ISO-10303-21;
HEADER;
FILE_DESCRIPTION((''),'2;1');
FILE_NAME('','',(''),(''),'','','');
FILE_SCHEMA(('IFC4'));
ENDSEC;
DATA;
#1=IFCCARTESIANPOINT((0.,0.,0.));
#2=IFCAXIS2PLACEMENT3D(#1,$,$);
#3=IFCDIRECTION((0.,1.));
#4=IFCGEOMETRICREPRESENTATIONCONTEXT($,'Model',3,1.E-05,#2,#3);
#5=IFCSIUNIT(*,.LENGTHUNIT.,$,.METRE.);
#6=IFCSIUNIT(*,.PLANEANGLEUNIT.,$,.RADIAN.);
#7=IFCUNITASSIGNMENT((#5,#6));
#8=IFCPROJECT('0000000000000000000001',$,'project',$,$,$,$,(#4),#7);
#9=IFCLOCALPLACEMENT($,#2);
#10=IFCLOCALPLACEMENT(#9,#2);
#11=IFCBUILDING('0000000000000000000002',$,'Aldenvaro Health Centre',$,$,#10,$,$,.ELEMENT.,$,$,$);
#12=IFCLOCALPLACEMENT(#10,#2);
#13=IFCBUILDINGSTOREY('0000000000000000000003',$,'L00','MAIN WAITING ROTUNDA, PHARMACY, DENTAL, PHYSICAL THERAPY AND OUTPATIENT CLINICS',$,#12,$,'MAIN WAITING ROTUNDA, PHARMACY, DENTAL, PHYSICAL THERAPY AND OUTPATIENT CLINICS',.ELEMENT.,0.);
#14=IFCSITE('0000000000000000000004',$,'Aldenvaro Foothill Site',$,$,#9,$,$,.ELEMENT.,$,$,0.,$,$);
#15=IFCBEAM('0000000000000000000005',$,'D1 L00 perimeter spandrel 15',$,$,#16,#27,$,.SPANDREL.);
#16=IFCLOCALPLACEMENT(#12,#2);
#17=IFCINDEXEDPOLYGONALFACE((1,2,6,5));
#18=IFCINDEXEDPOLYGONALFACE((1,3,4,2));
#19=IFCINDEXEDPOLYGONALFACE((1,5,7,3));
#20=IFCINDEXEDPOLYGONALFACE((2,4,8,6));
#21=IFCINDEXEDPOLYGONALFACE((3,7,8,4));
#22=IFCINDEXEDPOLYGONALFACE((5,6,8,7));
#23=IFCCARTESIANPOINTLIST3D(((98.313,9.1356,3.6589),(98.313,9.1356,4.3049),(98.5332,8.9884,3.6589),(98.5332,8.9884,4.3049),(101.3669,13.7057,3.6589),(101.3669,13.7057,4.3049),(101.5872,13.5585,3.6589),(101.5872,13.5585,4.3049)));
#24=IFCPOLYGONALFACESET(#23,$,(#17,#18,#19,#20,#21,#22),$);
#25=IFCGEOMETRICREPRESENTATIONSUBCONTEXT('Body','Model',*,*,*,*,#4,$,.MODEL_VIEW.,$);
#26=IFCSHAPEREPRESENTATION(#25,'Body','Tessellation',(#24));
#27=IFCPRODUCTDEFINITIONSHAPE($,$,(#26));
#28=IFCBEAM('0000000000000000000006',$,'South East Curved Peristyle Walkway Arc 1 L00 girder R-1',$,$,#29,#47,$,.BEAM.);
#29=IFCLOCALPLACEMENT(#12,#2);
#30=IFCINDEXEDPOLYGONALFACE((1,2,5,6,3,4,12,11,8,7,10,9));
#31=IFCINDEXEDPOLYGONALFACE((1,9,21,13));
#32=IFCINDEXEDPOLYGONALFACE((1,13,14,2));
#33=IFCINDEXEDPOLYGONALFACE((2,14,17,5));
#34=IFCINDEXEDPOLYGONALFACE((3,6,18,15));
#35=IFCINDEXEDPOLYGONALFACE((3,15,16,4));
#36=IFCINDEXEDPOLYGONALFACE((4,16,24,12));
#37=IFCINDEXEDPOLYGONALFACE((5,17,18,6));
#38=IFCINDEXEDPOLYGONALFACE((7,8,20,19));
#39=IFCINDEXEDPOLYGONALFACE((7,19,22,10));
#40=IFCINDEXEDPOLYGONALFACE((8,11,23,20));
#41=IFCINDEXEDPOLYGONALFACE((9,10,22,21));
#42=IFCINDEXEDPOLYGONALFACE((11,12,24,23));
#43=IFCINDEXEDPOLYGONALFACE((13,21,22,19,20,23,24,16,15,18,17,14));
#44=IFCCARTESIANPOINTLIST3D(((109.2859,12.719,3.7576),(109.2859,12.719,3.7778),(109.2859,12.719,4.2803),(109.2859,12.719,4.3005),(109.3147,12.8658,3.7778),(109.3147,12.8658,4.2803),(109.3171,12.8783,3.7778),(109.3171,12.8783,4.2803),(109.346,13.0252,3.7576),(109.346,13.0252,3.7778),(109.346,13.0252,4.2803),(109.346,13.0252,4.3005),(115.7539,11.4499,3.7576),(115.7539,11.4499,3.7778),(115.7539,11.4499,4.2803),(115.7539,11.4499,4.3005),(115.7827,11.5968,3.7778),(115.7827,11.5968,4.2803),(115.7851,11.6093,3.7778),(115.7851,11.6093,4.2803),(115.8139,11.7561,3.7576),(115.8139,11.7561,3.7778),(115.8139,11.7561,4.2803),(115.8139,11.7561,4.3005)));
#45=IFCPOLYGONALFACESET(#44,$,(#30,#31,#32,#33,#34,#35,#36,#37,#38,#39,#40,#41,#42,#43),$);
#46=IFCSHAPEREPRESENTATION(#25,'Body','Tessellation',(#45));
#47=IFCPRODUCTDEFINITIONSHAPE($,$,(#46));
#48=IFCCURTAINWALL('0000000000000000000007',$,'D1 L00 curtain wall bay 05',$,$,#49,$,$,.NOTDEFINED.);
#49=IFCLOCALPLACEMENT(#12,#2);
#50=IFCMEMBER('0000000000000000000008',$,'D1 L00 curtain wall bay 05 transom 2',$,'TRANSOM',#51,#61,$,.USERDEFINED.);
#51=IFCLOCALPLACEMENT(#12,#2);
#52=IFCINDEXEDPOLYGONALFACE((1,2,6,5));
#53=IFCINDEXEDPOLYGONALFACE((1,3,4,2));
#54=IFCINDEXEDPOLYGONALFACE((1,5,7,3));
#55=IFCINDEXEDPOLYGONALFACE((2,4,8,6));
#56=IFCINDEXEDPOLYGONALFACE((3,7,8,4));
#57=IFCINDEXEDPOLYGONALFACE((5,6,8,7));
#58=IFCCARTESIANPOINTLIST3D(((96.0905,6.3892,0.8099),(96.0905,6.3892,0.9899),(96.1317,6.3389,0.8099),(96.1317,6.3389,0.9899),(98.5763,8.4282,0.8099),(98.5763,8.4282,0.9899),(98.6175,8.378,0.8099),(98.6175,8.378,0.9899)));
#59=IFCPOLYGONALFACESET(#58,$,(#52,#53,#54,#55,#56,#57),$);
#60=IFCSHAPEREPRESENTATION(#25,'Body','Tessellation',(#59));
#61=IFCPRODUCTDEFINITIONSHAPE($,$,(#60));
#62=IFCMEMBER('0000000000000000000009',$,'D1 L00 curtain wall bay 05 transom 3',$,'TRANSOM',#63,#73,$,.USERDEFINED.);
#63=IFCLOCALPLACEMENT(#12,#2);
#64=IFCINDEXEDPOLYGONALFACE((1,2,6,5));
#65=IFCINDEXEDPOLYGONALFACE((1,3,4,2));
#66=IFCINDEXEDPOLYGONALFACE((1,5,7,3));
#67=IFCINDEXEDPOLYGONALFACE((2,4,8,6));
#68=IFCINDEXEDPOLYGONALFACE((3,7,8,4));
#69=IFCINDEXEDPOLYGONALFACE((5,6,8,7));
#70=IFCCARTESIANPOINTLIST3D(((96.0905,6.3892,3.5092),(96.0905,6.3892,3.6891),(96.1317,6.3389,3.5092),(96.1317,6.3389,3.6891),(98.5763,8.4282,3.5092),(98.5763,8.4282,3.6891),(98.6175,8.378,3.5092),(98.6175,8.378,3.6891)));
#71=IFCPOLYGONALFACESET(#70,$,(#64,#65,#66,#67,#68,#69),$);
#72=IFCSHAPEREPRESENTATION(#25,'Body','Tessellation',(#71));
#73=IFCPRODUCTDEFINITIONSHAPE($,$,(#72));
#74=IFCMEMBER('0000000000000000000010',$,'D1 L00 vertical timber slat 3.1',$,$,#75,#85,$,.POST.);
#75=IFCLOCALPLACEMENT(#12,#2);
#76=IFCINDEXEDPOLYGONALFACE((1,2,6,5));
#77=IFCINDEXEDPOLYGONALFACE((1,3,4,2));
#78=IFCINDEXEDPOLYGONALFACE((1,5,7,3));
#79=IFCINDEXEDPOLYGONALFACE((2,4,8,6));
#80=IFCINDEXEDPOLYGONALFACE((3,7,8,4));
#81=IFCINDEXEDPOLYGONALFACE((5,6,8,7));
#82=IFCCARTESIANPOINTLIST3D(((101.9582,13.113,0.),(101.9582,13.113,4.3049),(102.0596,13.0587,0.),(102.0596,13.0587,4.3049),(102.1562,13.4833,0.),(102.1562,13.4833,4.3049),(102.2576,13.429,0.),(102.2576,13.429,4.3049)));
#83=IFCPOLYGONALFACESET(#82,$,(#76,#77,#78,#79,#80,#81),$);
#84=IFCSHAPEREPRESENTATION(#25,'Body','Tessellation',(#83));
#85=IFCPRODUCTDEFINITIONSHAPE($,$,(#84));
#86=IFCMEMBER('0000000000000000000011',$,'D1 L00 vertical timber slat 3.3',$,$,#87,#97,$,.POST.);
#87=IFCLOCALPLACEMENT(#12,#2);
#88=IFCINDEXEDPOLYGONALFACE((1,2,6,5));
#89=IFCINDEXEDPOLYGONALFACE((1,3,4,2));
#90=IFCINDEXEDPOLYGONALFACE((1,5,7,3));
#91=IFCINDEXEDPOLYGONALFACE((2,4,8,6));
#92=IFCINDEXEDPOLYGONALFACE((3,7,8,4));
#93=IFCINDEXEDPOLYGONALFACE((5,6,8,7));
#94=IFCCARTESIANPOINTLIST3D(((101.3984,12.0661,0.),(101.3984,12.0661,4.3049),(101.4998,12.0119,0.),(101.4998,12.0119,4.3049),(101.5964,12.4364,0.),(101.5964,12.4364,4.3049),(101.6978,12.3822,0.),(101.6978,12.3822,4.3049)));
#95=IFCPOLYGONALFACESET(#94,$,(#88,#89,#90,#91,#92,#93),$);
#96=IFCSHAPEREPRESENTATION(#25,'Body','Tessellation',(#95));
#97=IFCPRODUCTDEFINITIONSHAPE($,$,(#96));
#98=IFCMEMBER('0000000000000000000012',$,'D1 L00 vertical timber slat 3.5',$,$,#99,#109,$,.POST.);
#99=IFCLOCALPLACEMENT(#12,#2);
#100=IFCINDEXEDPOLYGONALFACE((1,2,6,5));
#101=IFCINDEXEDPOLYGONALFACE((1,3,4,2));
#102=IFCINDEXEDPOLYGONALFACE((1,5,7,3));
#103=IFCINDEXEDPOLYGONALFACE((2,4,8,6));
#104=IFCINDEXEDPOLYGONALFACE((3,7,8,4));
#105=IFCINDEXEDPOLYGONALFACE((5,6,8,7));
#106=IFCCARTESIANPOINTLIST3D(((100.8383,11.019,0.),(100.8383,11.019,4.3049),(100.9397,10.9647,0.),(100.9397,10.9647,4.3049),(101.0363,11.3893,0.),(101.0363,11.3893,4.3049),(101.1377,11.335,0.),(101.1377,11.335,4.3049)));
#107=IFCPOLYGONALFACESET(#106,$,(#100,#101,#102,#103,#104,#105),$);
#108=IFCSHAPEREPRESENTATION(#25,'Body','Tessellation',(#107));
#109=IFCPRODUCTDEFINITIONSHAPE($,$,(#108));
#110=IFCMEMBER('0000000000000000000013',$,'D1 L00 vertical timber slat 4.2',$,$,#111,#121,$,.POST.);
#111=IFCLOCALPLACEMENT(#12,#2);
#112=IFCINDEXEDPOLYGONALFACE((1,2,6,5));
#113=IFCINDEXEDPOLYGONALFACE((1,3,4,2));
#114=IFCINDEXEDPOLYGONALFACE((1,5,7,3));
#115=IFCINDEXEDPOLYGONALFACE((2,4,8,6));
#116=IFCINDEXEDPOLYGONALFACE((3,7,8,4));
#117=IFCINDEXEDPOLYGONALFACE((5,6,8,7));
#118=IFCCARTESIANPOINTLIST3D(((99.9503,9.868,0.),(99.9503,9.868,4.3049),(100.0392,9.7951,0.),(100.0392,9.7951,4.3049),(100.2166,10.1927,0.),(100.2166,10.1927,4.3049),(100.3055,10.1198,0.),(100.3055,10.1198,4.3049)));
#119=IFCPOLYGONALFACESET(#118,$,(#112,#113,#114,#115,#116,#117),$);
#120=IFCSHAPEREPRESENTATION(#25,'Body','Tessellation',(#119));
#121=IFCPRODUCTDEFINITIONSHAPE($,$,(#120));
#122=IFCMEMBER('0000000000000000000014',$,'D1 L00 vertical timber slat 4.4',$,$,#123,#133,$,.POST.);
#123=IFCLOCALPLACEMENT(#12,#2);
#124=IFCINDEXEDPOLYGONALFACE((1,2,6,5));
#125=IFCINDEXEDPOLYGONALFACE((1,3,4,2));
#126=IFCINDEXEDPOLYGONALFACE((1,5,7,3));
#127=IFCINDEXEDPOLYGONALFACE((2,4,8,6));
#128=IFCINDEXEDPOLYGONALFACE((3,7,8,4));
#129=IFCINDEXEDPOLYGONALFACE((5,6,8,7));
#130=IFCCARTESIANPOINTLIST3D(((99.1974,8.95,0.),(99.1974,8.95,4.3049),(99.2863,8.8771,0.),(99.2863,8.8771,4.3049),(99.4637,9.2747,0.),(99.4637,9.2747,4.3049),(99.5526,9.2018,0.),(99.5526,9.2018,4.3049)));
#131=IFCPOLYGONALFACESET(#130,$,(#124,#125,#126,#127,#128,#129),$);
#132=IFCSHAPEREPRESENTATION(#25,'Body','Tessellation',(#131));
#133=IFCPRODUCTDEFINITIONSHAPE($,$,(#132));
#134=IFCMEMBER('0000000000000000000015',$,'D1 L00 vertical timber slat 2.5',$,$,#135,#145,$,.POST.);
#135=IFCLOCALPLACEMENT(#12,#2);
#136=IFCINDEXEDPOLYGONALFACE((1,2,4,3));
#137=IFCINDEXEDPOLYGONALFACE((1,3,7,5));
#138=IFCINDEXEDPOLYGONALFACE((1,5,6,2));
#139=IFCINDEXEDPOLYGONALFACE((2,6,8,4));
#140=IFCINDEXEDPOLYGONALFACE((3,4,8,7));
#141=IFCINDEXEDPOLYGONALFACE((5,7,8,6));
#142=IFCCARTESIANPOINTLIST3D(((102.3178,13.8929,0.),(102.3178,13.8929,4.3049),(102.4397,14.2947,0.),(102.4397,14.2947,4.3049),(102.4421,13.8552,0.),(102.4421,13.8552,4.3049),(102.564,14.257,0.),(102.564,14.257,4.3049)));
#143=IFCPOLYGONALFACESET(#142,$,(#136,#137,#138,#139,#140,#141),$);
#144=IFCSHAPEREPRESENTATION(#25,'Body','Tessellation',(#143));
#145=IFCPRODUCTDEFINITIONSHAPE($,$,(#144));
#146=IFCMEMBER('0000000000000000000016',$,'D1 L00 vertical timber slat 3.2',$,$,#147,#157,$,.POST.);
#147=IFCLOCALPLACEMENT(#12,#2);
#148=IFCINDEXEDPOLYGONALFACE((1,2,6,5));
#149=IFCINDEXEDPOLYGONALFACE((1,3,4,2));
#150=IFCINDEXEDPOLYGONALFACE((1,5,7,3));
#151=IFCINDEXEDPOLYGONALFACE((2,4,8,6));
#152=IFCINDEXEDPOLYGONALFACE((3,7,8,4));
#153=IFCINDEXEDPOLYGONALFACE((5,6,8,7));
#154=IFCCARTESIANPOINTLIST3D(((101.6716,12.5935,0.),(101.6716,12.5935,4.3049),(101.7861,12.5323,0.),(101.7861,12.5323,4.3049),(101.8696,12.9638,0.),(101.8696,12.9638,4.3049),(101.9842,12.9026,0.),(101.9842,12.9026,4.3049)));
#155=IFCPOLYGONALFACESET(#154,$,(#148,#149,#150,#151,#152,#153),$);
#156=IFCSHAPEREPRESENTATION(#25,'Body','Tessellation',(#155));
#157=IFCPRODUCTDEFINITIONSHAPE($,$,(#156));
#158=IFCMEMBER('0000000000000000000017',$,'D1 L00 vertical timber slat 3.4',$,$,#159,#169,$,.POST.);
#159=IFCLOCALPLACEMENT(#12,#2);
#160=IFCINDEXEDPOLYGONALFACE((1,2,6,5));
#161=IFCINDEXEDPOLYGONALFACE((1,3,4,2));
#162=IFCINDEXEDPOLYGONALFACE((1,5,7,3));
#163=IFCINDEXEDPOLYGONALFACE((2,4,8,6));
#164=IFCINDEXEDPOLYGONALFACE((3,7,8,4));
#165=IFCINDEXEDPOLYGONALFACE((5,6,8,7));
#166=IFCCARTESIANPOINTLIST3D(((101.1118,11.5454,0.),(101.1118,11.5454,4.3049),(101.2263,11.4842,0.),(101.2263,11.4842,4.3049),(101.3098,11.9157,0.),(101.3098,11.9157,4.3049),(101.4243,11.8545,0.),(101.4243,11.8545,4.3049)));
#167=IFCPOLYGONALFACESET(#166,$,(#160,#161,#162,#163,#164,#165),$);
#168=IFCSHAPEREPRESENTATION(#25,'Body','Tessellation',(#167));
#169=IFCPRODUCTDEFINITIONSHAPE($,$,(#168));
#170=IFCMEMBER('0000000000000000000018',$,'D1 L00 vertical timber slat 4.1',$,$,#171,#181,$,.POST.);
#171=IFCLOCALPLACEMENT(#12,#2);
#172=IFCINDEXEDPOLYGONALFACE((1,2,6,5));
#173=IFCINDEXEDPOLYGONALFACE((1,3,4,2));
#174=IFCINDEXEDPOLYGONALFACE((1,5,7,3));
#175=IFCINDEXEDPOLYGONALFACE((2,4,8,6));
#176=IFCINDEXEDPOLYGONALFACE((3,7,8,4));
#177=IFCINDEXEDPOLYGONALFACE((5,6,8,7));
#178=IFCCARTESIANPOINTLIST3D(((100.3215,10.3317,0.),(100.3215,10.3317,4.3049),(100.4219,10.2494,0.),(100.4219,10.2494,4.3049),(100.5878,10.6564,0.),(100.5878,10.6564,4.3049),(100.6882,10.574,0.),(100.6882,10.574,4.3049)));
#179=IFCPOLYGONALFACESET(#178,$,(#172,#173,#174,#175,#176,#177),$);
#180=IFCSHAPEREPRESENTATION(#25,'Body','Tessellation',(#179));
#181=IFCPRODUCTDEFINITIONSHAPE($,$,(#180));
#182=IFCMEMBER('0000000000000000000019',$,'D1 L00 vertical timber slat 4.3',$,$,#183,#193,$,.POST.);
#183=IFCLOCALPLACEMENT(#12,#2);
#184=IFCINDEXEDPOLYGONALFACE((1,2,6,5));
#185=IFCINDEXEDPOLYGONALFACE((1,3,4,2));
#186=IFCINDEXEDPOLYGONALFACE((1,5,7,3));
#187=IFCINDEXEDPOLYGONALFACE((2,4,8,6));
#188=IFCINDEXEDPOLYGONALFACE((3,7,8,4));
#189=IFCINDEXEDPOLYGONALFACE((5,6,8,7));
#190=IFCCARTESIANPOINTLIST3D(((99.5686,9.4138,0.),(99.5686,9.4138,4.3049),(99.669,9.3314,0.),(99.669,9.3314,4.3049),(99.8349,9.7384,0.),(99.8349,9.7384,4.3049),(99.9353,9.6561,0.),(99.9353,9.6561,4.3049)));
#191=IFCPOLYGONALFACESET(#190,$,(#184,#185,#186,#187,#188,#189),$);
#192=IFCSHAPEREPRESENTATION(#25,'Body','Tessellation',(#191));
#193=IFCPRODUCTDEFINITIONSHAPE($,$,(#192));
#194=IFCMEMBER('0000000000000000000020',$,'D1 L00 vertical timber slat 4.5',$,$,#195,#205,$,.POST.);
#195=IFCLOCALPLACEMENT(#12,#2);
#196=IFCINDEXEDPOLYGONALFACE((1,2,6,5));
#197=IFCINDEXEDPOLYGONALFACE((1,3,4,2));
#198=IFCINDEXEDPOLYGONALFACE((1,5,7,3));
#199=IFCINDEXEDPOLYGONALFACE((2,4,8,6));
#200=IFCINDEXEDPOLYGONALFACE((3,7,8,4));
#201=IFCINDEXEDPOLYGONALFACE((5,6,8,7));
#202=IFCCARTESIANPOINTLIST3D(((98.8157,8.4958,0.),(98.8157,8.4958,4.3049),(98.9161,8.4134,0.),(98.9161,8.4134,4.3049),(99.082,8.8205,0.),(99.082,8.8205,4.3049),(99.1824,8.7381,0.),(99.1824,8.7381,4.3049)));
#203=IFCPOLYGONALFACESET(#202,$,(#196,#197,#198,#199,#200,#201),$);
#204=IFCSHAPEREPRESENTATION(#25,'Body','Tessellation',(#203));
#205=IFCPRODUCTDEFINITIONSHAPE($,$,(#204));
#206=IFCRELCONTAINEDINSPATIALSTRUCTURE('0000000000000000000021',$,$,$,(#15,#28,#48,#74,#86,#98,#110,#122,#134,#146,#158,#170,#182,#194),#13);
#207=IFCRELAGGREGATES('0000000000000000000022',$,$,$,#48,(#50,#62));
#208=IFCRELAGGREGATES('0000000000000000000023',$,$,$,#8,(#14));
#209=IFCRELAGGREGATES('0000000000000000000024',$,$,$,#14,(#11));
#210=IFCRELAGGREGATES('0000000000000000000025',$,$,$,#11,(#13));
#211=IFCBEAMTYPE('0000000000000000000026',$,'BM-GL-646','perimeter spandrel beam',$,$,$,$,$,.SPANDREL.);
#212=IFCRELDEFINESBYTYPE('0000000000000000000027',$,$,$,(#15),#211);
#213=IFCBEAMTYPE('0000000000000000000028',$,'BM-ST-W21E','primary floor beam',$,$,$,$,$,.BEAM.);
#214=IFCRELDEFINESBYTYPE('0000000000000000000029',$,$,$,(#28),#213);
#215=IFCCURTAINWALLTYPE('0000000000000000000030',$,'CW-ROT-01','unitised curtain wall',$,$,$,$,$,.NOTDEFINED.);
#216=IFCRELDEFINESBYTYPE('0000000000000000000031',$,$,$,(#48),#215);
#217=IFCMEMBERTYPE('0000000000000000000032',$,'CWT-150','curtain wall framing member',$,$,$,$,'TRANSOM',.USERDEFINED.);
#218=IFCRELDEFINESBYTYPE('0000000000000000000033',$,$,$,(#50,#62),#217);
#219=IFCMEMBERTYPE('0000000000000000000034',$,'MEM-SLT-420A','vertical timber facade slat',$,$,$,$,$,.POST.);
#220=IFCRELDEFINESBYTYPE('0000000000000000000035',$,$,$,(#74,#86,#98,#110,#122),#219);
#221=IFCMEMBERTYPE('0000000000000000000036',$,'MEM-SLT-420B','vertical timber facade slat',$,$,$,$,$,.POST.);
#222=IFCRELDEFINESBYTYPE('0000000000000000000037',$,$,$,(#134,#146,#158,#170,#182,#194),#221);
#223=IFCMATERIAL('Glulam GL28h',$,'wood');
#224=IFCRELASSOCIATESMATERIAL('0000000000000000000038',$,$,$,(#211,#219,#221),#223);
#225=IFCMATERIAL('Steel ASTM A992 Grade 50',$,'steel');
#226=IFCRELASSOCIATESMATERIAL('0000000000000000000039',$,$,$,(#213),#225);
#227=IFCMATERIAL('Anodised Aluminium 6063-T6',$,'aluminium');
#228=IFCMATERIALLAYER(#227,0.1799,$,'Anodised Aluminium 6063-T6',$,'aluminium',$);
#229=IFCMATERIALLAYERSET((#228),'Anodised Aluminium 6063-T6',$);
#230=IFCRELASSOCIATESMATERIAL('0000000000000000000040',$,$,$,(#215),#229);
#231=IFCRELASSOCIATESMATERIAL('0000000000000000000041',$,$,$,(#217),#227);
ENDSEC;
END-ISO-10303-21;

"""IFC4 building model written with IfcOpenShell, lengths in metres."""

from ifc_helpers import new_model, si_unit, direction, frame, origin, origin_2d, place, context, subcontext, project, spatial, rectangle, i_section, extrude, material, layer, layer_set, material_profile, profile_set, type_object, element, aggregate, save


model = new_model("IFC4")

# Units and contexts
model_context = context("Model", 3, precision=1e-05, world=origin(), true_north=direction((0.0, 1.0)))
body_context = subcontext(model_context, "Body", "Model", "MODEL_VIEW")
ifc_project = project(units=[si_unit("LENGTHUNIT", "METRE"), si_unit("PLANEANGLEUNIT", "RADIAN")], contexts=[model_context])

# Site, building, storey
site_placement = place(None, origin())
site = spatial("IfcSite", under=ifc_project, at=site_placement, Name="Aldenvaro Foothill Site", CompositionType="ELEMENT", RefElevation=0.0)
building_placement = place(site_placement, origin())
building = spatial("IfcBuilding", under=site, at=building_placement, Name="Aldenvaro Health Centre", CompositionType="ELEMENT")
storey_placement = place(building_placement, origin())
storey = spatial("IfcBuildingStorey", under=building, at=storey_placement, Name="L00", Description="MAIN WAITING ROTUNDA, PHARMACY, DENTAL, PHYSICAL THERAPY AND OUTPATIENT CLINICS", LongName="MAIN WAITING ROTUNDA, PHARMACY, DENTAL, PHYSICAL THERAPY AND OUTPATIENT CLINICS", CompositionType="ELEMENT", Elevation=0.0)

# Beams
ifc_material_1 = material(Name="Glulam GL28h", Category="wood")
ifc_material_profile_1 = material_profile(ifc_material_1, rectangle(XDim=0.2649, YDim=0.646, at=origin_2d()), Name="GL 265x646", Category="wood")
ifc_profile_set_1 = profile_set([ifc_material_profile_1], Name="Glulam GL28h")
beam_type_1 = type_object("IfcBeamType", Name="BM-GL-646", Description="perimeter spandrel beam", PredefinedType="SPANDREL", material=ifc_profile_set_1)
beam_1_placement = place(storey_placement, frame((98.4231, 9.062, 3.9819), z_axis=(0.555612, 0.831442, 0.0), x_axis=(-0.831442, 0.555612, 0.0)))
element("IfcBeam", 1, at=beam_1_placement, inside=storey, type_object=beam_type_1, Name="D1 L00 perimeter spandrel 15", PredefinedType="SPANDREL", context=body_context, shape_type="SweptSolid", body=[
    extrude(rectangle(XDim=0.2649, YDim=0.646, at=origin_2d()), origin(), (0.0, 0.0, 1.0), 5.4966),
])
ifc_material_2 = material(Name="Steel ASTM A992 Grade 50", Category="steel")
ifc_material_profile_2 = material_profile(ifc_material_2, i_section(OverallWidth=0.312, OverallDepth=0.543, WebThickness=0.0127, FlangeThickness=0.0203, at=origin_2d()), Name="W21X101", Category="steel")
ifc_profile_set_2 = profile_set([ifc_material_profile_2], Name="Steel ASTM A992 Grade 50")
beam_type_2 = type_object("IfcBeamType", Name="BM-ST-W21E", Description="primary floor beam", PredefinedType="BEAM", material=ifc_profile_set_2)
beam_2_placement = place(storey_placement, frame((109.3159, 12.8721, 4.0291), z_axis=(0.981291, -0.192532, 0.0), x_axis=(0.192532, 0.981291, 0.0)))
element("IfcBeam", 2, at=beam_2_placement, inside=storey, type_object=beam_type_2, Name="South East Curved Peristyle Walkway Arc 1 L00 girder R-1", PredefinedType="BEAM", context=body_context, shape_type="SweptSolid", body=[
    extrude(i_section(OverallWidth=0.312, OverallDepth=0.543, WebThickness=0.0127, FlangeThickness=0.0203, at=origin_2d()), origin(), (0.0, 0.0, 1.0), 6.5913),
])

# Curtain wall, members
ifc_material_3 = material(Name="Anodised Aluminium 6063-T6", Category="aluminium")
ifc_layer_1 = layer(ifc_material_3, 0.1799, Name="Anodised Aluminium 6063-T6", Category="aluminium")
ifc_layer_set_1 = layer_set([ifc_layer_1], Name="Anodised Aluminium 6063-T6")
curtain_wall_type = type_object("IfcCurtainWallType", Name="CW-ROT-01", Description="unitised curtain wall", PredefinedType="NOTDEFINED", material=ifc_layer_set_1)
curtain_wall_placement = place(storey_placement, origin())
curtain_wall = element("IfcCurtainWall", 3, at=curtain_wall_placement, inside=storey, type_object=curtain_wall_type, Name="D1 L00 curtain wall bay 05", PredefinedType="NOTDEFINED")
ifc_material_profile_3 = material_profile(ifc_material_3, rectangle(XDim=0.0649, YDim=0.1799, at=origin_2d()), Name="ALU 65x180", Category="aluminium")
ifc_profile_set_3 = profile_set([ifc_material_profile_3], Name="Anodised Aluminium 6063-T6")
member_type_1 = type_object("IfcMemberType", Name="CWT-150", Description="curtain wall framing member", ElementType="TRANSOM", PredefinedType="USERDEFINED", material=ifc_profile_set_3)
member_1_placement = place(storey_placement, frame((98.5969, 8.4031, 0.8999), z_axis=(-0.773165, -0.634205, 0.0), x_axis=(0.634205, -0.773165, 0.0)))
member_1 = element("IfcMember", 4, at=member_1_placement, type_object=member_type_1, Name="D1 L00 curtain wall bay 05 transom 2", ObjectType="TRANSOM", PredefinedType="USERDEFINED", context=body_context, shape_type="SweptSolid", body=[
    extrude(rectangle(XDim=0.0649, YDim=0.1799, at=origin_2d()), origin(), (0.0, 0.0, 1.0), 3.2151),
])
member_2_placement = place(storey_placement, frame((98.5969, 8.4031, 3.5991), z_axis=(-0.773165, -0.634205, 0.0), x_axis=(0.634205, -0.773165, 0.0)))
member_2 = element("IfcMember", 5, at=member_2_placement, type_object=member_type_1, Name="D1 L00 curtain wall bay 05 transom 3", ObjectType="TRANSOM", PredefinedType="USERDEFINED", context=body_context, shape_type="SweptSolid", body=[
    extrude(rectangle(XDim=0.0649, YDim=0.1799, at=origin_2d()), origin(), (0.0, 0.0, 1.0), 3.2151),
])
aggregate(curtain_wall, [member_1, member_2])

# Members
ifc_material_profile_4 = material_profile(ifc_material_1, rectangle(XDim=0.115, YDim=0.4199, at=origin_2d()), Name="GL 115x420", Category="wood")
ifc_profile_set_4 = profile_set([ifc_material_profile_4], Name="Glulam GL28h")
member_type_2 = type_object("IfcMemberType", Name="MEM-SLT-420A", Description="vertical timber facade slat", PredefinedType="POST", material=ifc_profile_set_4)
for number, where, z_axis, x_axis, name in (
    (6, (102.1079, 13.271, 0.0), (0.0, 0.0, 1.0), (0.881836, -0.471557, 0.0), "D1 L00 vertical timber slat 3.1"),
    (7, (101.5481, 12.2241, 0.0), (0.0, 0.0, 1.0), (0.881836, -0.471557, 0.0), "D1 L00 vertical timber slat 3.3"),
    (8, (100.988, 11.177, 0.0), (0.0, 0.0, 1.0), (0.881836, -0.471557, 0.0), "D1 L00 vertical timber slat 3.5"),
    (9, (100.1279, 9.9939, 0.0), (0.0, 0.0, 1.0), (0.773195, -0.634169, 0.0), "D1 L00 vertical timber slat 4.2"),
    (10, (99.375, 9.0759, 0.0), (0.0, 0.0, 1.0), (0.773195, -0.634169, 0.0), "D1 L00 vertical timber slat 4.4"),
):
    element("IfcMember", number, at=place(storey_placement, frame(where, z_axis=z_axis, x_axis=x_axis)), inside=storey, type_object=member_type_2, Name=name, PredefinedType="POST", context=body_context, shape_type="SweptSolid", body=[
        extrude(rectangle(XDim=0.115, YDim=0.4199, at=origin_2d()), origin(), (0.0, 0.0, 1.0), 4.3049),
    ])
ifc_material_profile_5 = material_profile(ifc_material_1, rectangle(XDim=0.1299, YDim=0.4199, at=origin_2d()), Name="GL 130x420", Category="wood")
ifc_profile_set_5 = profile_set([ifc_material_profile_5], Name="Glulam GL28h")
member_type_3 = type_object("IfcMemberType", Name="MEM-SLT-420B", Description="vertical timber facade slat", PredefinedType="POST", material=ifc_profile_set_5)
for number, where, z_axis, x_axis, name in (
    (11, (102.4409, 14.075, 0.0), (0.0, 0.0, 1.0), (0.956975, -0.290171, 0.0), "D1 L00 vertical timber slat 2.5"),
    (12, (101.8279, 12.748, 0.0), (0.0, 0.0, 1.0), (0.881836, -0.471557, 0.0), "D1 L00 vertical timber slat 3.2"),
    (13, (101.2681, 11.7, 0.0), (0.0, 0.0, 1.0), (0.881836, -0.471557, 0.0), "D1 L00 vertical timber slat 3.4"),
    (14, (100.5049, 10.4529, 0.0), (0.0, 0.0, 1.0), (0.773195, -0.634169, 0.0), "D1 L00 vertical timber slat 4.1"),
    (15, (99.752, 9.5349, 0.0), (0.0, 0.0, 1.0), (0.773195, -0.634169, 0.0), "D1 L00 vertical timber slat 4.3"),
    (16, (98.999, 8.6169, 0.0), (0.0, 0.0, 1.0), (0.773195, -0.634169, 0.0), "D1 L00 vertical timber slat 4.5"),
):
    element("IfcMember", number, at=place(storey_placement, frame(where, z_axis=z_axis, x_axis=x_axis)), inside=storey, type_object=member_type_3, Name=name, PredefinedType="POST", context=body_context, shape_type="SweptSolid", body=[
        extrude(rectangle(XDim=0.1299, YDim=0.4199, at=origin_2d()), origin(), (0.0, 0.0, 1.0), 4.3049),
    ])

save(model, "model.ifc")
